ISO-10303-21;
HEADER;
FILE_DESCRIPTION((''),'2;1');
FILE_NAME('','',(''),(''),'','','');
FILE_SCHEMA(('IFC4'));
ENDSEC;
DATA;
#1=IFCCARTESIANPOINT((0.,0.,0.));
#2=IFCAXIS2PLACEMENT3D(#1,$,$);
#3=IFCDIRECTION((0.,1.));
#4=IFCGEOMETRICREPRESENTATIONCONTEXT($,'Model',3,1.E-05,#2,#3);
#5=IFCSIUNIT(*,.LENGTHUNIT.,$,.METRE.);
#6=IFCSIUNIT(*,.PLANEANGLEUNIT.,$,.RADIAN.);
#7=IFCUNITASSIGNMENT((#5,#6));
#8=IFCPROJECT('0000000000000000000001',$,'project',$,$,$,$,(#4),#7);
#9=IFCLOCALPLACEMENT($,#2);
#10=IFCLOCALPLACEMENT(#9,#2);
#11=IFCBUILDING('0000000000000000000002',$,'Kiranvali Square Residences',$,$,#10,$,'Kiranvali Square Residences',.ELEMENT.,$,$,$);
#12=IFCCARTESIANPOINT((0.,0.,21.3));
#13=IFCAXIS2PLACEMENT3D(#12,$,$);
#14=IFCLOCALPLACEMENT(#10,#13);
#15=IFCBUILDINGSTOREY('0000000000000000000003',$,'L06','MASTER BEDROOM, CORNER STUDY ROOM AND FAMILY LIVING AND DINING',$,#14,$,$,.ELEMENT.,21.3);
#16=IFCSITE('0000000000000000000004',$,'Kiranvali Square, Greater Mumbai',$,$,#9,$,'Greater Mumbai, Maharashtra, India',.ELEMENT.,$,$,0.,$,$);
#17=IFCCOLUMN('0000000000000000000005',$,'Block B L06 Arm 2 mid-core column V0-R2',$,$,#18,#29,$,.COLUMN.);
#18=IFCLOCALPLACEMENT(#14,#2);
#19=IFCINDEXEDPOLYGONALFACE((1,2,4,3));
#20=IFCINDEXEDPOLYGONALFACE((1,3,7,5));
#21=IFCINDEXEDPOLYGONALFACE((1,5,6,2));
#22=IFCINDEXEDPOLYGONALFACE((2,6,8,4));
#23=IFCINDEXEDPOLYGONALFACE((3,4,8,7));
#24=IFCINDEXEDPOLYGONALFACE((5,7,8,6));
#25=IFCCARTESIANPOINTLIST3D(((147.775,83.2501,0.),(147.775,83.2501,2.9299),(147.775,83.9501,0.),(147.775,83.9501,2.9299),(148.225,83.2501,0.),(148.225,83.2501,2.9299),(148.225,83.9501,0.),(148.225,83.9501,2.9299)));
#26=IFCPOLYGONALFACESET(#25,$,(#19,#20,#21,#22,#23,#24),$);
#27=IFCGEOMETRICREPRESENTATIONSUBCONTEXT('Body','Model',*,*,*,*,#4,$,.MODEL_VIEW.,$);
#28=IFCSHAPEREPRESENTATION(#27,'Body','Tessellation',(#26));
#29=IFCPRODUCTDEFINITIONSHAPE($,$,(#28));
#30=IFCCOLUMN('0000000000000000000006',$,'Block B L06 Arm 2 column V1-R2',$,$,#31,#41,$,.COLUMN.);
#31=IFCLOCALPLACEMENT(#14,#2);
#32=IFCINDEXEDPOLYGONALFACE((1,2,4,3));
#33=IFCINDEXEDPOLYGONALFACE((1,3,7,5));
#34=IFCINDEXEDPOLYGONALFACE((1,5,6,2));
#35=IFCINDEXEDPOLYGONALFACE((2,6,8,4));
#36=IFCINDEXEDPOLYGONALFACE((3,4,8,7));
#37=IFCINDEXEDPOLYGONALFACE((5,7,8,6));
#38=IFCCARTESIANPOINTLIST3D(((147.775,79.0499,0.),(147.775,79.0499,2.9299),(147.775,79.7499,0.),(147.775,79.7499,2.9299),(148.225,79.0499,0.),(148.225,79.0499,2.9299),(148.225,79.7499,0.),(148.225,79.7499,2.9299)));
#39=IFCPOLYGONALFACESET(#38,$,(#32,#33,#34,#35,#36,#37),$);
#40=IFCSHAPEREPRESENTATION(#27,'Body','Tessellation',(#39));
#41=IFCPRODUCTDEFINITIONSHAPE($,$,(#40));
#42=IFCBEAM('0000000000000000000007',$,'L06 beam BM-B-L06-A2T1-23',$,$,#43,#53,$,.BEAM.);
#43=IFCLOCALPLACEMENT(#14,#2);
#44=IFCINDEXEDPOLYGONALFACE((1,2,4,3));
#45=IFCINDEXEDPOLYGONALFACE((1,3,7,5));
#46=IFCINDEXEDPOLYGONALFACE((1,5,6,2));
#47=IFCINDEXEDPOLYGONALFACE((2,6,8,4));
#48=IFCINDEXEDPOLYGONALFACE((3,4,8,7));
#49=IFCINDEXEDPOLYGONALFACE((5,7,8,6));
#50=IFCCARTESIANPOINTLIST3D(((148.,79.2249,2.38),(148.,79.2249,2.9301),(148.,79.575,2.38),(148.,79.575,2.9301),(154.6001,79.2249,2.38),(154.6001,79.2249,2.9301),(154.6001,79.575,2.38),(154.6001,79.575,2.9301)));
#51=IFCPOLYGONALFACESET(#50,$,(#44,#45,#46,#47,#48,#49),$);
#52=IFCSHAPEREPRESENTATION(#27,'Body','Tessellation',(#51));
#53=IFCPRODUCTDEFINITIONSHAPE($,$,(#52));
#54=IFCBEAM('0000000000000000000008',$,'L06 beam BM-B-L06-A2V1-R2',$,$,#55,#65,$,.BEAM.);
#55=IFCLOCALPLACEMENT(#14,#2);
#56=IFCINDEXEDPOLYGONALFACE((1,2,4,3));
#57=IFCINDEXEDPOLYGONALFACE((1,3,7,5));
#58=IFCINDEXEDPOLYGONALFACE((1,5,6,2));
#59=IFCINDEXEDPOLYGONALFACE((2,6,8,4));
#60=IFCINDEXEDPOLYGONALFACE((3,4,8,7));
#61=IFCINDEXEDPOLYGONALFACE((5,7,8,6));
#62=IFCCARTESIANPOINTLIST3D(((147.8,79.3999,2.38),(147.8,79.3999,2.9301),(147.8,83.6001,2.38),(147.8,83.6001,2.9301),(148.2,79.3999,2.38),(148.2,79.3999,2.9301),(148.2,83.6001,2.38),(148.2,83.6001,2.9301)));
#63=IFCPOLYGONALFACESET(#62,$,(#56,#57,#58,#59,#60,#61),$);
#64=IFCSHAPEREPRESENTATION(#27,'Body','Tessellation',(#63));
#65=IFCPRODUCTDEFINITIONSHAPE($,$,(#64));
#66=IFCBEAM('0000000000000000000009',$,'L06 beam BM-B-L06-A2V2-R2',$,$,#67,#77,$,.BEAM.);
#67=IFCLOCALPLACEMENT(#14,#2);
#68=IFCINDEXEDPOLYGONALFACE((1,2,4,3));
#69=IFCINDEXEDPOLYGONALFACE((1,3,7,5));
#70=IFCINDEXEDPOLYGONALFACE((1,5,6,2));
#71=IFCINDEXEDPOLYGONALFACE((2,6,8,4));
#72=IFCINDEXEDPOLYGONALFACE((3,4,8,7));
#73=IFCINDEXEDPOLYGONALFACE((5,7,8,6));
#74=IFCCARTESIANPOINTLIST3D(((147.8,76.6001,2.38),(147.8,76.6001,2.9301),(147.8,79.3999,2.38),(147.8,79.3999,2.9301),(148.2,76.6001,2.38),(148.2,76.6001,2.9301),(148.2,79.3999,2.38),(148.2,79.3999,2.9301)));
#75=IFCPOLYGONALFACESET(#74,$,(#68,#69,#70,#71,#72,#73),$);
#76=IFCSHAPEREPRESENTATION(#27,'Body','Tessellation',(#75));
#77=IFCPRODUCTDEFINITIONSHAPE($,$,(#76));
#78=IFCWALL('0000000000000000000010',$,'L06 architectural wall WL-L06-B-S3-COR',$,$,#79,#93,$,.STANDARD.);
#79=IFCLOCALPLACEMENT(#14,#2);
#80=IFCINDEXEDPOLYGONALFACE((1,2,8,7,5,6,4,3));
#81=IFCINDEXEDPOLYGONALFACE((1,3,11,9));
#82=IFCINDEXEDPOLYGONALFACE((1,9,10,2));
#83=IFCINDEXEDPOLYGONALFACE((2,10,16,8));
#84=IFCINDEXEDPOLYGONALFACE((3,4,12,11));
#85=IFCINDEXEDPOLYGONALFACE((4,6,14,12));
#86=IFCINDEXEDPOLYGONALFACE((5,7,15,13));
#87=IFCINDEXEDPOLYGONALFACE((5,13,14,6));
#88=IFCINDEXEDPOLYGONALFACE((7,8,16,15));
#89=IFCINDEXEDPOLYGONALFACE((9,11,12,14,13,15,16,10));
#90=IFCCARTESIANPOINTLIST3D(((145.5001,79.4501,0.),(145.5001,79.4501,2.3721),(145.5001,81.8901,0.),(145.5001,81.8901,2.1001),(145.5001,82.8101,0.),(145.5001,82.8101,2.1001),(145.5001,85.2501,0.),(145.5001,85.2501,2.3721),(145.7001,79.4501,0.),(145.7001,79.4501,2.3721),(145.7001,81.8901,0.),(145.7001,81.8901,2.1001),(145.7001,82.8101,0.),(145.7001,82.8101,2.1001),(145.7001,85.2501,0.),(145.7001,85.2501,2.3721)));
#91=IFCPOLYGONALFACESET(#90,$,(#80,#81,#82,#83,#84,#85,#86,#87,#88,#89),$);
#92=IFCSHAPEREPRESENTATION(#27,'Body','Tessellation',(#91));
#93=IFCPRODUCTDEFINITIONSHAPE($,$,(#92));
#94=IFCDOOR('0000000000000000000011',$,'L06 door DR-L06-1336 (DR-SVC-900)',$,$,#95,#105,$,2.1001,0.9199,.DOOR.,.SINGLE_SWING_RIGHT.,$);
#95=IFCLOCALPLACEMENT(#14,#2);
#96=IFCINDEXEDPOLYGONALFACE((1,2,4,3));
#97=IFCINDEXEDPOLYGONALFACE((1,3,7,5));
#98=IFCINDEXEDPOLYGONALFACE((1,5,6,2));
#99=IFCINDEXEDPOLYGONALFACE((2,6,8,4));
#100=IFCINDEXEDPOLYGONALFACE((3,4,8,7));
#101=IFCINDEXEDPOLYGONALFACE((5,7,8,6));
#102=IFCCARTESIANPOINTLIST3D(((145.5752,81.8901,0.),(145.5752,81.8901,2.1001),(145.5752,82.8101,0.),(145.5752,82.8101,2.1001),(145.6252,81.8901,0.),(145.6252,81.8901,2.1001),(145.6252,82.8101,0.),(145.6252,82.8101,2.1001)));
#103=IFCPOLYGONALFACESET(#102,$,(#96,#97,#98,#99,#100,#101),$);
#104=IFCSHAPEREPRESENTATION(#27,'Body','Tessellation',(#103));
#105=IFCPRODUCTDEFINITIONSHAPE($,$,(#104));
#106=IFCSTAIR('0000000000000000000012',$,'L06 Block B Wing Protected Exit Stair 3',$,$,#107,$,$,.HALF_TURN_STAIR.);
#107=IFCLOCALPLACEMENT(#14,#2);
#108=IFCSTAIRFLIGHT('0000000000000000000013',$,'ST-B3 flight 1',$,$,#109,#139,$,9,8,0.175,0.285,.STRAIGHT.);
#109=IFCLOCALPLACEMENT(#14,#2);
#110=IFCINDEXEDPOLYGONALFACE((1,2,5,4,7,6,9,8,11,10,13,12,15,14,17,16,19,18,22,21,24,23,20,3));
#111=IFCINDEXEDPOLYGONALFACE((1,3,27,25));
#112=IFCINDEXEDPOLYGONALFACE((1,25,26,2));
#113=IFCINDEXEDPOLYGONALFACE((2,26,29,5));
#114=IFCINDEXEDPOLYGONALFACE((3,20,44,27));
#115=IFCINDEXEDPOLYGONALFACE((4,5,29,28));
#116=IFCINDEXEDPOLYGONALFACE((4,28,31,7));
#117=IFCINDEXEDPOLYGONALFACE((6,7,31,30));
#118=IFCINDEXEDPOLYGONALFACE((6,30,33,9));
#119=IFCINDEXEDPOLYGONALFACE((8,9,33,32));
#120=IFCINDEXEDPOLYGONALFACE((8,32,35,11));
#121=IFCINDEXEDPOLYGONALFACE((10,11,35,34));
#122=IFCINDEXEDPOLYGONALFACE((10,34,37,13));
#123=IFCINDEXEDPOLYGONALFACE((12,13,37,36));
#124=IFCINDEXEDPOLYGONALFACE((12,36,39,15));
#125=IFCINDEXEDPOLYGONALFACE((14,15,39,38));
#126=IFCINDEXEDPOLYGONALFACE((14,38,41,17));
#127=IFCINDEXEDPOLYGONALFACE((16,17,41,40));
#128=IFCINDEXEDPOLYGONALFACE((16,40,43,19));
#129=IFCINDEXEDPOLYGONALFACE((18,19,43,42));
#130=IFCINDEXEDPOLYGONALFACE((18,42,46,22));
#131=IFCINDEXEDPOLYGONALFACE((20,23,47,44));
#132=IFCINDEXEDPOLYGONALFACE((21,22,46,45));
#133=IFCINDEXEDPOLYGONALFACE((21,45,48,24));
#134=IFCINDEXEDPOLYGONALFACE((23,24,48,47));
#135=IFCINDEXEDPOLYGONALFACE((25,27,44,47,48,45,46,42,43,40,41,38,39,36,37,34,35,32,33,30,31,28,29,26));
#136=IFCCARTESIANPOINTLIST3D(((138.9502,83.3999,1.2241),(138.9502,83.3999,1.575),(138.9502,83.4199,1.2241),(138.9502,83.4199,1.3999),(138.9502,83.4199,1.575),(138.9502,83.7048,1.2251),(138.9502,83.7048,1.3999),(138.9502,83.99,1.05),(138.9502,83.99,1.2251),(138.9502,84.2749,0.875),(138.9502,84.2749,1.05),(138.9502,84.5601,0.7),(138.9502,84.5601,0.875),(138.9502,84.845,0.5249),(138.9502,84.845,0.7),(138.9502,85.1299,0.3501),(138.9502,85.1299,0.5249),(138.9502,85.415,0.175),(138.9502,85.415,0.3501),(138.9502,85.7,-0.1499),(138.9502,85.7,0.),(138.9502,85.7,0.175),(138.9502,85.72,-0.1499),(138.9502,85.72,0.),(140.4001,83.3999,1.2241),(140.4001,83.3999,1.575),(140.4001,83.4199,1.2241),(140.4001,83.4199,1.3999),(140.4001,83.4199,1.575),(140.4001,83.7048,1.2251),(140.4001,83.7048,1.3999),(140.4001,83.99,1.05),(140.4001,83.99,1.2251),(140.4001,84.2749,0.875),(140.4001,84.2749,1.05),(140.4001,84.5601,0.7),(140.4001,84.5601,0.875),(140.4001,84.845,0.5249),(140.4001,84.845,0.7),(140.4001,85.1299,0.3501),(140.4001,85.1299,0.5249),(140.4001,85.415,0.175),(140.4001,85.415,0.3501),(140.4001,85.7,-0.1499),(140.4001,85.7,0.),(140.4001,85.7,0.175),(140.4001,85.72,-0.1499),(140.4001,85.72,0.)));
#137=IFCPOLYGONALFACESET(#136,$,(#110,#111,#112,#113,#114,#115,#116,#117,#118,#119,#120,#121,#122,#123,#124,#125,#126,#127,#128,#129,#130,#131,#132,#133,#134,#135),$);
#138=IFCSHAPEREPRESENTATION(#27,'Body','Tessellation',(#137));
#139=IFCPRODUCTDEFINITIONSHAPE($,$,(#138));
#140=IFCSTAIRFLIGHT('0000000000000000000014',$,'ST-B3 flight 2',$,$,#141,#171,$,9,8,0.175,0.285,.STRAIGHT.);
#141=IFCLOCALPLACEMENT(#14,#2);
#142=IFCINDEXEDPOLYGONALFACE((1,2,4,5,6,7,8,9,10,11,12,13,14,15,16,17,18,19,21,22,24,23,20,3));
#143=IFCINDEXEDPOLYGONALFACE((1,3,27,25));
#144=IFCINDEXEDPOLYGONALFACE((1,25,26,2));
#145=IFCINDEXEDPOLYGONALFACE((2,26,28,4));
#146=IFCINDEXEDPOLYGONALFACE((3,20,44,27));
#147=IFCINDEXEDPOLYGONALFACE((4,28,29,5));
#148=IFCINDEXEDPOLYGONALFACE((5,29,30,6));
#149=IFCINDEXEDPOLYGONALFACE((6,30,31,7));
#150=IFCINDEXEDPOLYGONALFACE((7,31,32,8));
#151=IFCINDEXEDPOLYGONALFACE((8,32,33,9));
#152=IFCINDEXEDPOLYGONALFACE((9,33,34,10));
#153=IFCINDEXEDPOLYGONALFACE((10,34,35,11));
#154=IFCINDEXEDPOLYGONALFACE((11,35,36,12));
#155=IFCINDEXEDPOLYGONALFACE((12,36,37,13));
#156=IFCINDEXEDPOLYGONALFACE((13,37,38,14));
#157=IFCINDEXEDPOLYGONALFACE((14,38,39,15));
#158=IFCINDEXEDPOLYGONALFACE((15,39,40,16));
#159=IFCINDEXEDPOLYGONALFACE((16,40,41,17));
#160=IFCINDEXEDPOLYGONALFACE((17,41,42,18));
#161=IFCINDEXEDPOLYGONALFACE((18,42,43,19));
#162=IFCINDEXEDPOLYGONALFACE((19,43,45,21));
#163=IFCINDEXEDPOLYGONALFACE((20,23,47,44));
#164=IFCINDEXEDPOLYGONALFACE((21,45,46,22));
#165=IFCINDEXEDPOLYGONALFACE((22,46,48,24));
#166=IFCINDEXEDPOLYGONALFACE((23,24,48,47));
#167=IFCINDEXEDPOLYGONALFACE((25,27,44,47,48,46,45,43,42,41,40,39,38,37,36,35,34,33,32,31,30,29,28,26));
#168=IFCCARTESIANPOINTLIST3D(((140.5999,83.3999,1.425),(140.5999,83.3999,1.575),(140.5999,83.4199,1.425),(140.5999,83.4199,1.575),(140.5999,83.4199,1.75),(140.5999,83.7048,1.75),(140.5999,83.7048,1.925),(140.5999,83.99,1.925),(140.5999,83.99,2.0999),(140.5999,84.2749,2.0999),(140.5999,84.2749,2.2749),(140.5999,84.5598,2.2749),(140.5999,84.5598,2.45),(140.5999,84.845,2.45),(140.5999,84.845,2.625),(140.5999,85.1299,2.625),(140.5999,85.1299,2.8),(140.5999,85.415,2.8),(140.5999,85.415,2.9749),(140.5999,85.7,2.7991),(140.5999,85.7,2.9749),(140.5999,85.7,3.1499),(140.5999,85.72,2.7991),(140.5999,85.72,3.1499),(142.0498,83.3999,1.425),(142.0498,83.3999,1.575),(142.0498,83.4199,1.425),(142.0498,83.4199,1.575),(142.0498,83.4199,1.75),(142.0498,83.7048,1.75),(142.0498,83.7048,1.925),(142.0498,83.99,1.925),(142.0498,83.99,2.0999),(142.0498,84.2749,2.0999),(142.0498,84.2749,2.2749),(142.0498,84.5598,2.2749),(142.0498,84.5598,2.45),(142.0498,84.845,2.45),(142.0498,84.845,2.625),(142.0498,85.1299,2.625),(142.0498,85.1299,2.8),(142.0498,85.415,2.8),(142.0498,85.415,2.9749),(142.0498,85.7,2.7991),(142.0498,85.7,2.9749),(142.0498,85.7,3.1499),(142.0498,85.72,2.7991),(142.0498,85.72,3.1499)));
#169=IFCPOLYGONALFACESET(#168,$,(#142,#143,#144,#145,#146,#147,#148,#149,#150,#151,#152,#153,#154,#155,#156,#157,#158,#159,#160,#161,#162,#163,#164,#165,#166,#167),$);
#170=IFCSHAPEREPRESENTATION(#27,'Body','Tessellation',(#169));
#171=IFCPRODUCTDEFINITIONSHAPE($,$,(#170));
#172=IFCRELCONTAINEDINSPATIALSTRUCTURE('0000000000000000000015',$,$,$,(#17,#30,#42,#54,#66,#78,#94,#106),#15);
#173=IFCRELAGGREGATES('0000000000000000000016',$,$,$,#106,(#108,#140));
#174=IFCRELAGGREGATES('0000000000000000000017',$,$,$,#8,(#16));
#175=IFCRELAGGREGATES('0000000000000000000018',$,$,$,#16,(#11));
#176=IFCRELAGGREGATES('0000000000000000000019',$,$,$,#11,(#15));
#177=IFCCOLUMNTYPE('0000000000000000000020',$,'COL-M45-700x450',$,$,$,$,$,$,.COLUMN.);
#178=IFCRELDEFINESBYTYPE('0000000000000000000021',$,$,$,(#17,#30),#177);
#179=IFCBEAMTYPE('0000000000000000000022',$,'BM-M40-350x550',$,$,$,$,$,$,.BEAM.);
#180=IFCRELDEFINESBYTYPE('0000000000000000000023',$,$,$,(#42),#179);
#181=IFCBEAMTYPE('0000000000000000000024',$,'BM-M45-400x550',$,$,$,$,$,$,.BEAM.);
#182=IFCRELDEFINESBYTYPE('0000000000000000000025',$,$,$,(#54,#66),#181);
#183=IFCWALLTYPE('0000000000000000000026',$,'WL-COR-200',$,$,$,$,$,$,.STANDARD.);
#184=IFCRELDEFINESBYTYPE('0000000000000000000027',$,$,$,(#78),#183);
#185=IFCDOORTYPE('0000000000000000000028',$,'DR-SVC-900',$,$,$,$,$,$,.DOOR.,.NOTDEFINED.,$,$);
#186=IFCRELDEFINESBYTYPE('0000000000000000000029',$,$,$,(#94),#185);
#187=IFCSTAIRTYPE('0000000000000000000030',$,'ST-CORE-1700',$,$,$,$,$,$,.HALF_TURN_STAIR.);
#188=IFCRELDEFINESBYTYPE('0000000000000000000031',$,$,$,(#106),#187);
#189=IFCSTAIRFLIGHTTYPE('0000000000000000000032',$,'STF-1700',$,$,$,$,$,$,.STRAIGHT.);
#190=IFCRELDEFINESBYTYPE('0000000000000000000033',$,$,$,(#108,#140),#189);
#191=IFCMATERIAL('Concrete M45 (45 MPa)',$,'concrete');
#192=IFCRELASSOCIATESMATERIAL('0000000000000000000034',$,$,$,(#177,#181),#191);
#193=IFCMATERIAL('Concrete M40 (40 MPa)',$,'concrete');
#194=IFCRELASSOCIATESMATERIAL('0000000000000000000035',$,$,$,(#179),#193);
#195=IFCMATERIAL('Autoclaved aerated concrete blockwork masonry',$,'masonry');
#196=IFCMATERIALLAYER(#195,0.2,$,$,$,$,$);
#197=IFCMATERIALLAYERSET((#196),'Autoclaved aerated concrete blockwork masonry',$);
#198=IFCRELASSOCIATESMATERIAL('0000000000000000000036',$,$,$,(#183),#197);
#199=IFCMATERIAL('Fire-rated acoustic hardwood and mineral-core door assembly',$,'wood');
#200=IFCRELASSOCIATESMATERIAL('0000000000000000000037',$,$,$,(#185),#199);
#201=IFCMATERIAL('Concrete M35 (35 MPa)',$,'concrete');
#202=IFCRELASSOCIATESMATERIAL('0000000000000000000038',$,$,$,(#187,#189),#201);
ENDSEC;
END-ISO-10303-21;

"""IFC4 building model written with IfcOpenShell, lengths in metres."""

from ifc_helpers import new_model, si_unit, direction, frame, frame_2d, origin, origin_2d, place, context, subcontext, project, spatial, polyline, rectangle, outline, extrude, material, layer, layer_set, material_profile, profile_set, type_object, element, fill, aggregate, save


model = new_model("IFC4")

# Units and contexts
model_context = context("Model", 3, precision=1e-05, world=origin(), true_north=direction((0.0, 1.0)))
body_context = subcontext(model_context, "Body", "Model", "MODEL_VIEW")
ifc_project = project(units=[si_unit("LENGTHUNIT", "METRE"), si_unit("PLANEANGLEUNIT", "RADIAN")], contexts=[model_context])

# Site, building, storey
site_placement = place(None, origin())
site = spatial("IfcSite", under=ifc_project, at=site_placement, Name="Kiranvali Square, Greater Mumbai", LongName="Greater Mumbai, Maharashtra, India", CompositionType="ELEMENT", RefElevation=0.0)
building_placement = place(site_placement, origin())
building = spatial("IfcBuilding", under=site, at=building_placement, Name="Kiranvali Square Residences", LongName="Kiranvali Square Residences", CompositionType="ELEMENT")
storey_placement = place(building_placement, frame((0.0, 0.0, 21.3)))
storey = spatial("IfcBuildingStorey", under=building, at=storey_placement, Name="L06", Description="MASTER BEDROOM, CORNER STUDY ROOM AND FAMILY LIVING AND DINING", CompositionType="ELEMENT", Elevation=21.3)

# Columns
ifc_material_1 = material(Name="Concrete M45 (45 MPa)", Category="concrete")
ifc_material_profile_1 = material_profile(ifc_material_1, rectangle(XDim=0.45, YDim=0.7, at=origin_2d()), Name="RC 700x450")
ifc_profile_set_1 = profile_set([ifc_material_profile_1], Name="Concrete M45 (45 MPa)")
column_type = type_object("IfcColumnType", Name="COL-M45-700x450", PredefinedType="COLUMN", material=ifc_profile_set_1)
for number, where, z_axis, x_axis, name in (
    (1, (148.0, 83.6001, 0.0), (0.0, 0.0, 1.0), (1.0, 0.0, 0.0), "Block B L06 Arm 2 mid-core column V0-R2"),
    (2, (148.0, 79.3999, 0.0), (0.0, 0.0, 1.0), (1.0, 0.0, 0.0), "Block B L06 Arm 2 column V1-R2"),
):
    element("IfcColumn", number, at=place(storey_placement, frame(where, z_axis=z_axis, x_axis=x_axis)), inside=storey, type_object=column_type, Name=name, PredefinedType="COLUMN", context=body_context, shape_type="SweptSolid", body=[
        extrude(rectangle(XDim=0.45, YDim=0.7, at=origin_2d()), origin(), (0.0, 0.0, 1.0), 2.9299),
    ])

# Beams
ifc_material_2 = material(Name="Concrete M40 (40 MPa)", Category="concrete")
ifc_material_profile_2 = material_profile(ifc_material_2, rectangle(XDim=0.3501, YDim=0.55, at=origin_2d()), Name="RC 350x550")
ifc_profile_set_2 = profile_set([ifc_material_profile_2], Name="Concrete M40 (40 MPa)")
beam_type_1 = type_object("IfcBeamType", Name="BM-M40-350x550", PredefinedType="BEAM", material=ifc_profile_set_2)
beam_1_placement = place(storey_placement, frame((148.0, 79.3999, 2.655), z_axis=(1.0, 0.0, 0.0), x_axis=(0.0, 1.0, 0.0)))
element("IfcBeam", 3, at=beam_1_placement, inside=storey, type_object=beam_type_1, Name="L06 beam BM-B-L06-A2T1-23", PredefinedType="BEAM", context=body_context, shape_type="SweptSolid", body=[
    extrude(rectangle(XDim=0.3501, YDim=0.55, at=origin_2d()), origin(), (0.0, 0.0, 1.0), 6.6001),
])
ifc_material_profile_3 = material_profile(ifc_material_1, rectangle(XDim=0.3999, YDim=0.55, at=origin_2d()), Name="RC 400x550")
ifc_profile_set_3 = profile_set([ifc_material_profile_3], Name="Concrete M45 (45 MPa)")
beam_type_2 = type_object("IfcBeamType", Name="BM-M45-400x550", PredefinedType="BEAM", material=ifc_profile_set_3)
beam_2_placement = place(storey_placement, frame((148.0, 83.6001, 2.655), z_axis=(0.0, -1.0, 0.0), x_axis=(1.0, 0.0, 0.0)))
element("IfcBeam", 4, at=beam_2_placement, inside=storey, type_object=beam_type_2, Name="L06 beam BM-B-L06-A2V1-R2", PredefinedType="BEAM", context=body_context, shape_type="SweptSolid", body=[
    extrude(rectangle(XDim=0.3999, YDim=0.55, at=origin_2d()), origin(), (0.0, 0.0, 1.0), 4.2002),
])
beam_3_placement = place(storey_placement, frame((148.0, 79.3999, 2.655), z_axis=(0.0, -1.0, 0.0), x_axis=(1.0, 0.0, 0.0)))
element("IfcBeam", 5, at=beam_3_placement, inside=storey, type_object=beam_type_2, Name="L06 beam BM-B-L06-A2V2-R2", PredefinedType="BEAM", context=body_context, shape_type="SweptSolid", body=[
    extrude(rectangle(XDim=0.3999, YDim=0.55, at=origin_2d()), origin(), (0.0, 0.0, 1.0), 2.7998),
])

# Wall, opening, door
ifc_material_3 = material(Name="Autoclaved aerated concrete blockwork masonry", Category="masonry")
ifc_layer_1 = layer(ifc_material_3, 0.2)
ifc_layer_set_1 = layer_set([ifc_layer_1], Name="Autoclaved aerated concrete blockwork masonry")
wall_type_1 = type_object("IfcWallType", Name="WL-COR-200", PredefinedType="STANDARD", material=ifc_layer_set_1)
ifc_material_4 = material(Name="Fire-rated acoustic hardwood and mineral-core door assembly", Category="wood")
wall_1_placement = place(storey_placement, frame((145.6001, 85.25, 0.0), z_axis=(0.0, 0.0, 1.0), x_axis=(0.0, -1.0, 0.0)))
wall_1 = element("IfcWall", 6, at=wall_1_placement, inside=storey, type_object=wall_type_1, Name="L06 architectural wall WL-L06-B-S3-COR", PredefinedType="STANDARD", context=body_context, shape_type="SweptSolid", body=[
    extrude(rectangle(XDim=5.8, YDim=0.2, at=frame_2d((2.8999, 0.0))), origin(), (0.0, 0.0, 1.0), 2.3721),
])
opening_1_placement = place(wall_1_placement, frame((2.4399, 0.0, 0.0)))
opening_1 = element("IfcOpeningElement", 7, at=opening_1_placement, cuts=wall_1, PredefinedType="OPENING", context=body_context, shape_type="SweptSolid", body=[
    extrude(rectangle(XDim=0.9199, YDim=2.1001, at=frame_2d((0.46, 1.05))), frame((0.0, 0.1099, 0.0), z_axis=(0.0, -1.0, 0.0), x_axis=(1.0, 0.0, 0.0)), (0.0, 0.0, 1.0), 0.22),
])
door_type_1 = type_object("IfcDoorType", Name="DR-SVC-900", OperationType="NOTDEFINED", PredefinedType="DOOR", material=ifc_material_4)
door_1_placement = place(opening_1_placement, frame((0.9199, 0.0, 0.0), z_axis=(0.0, 0.0, 1.0), x_axis=(-1.0, 0.0, 0.0)))
door_1 = element("IfcDoor", 8, at=door_1_placement, inside=storey, type_object=door_type_1, Name="L06 door DR-L06-1336 (DR-SVC-900)", OperationType="SINGLE_SWING_RIGHT", OverallHeight=2.1001, OverallWidth=0.9199, PredefinedType="DOOR", context=body_context, shape_type="SweptSolid", body=[
    extrude(rectangle(XDim=0.9199, YDim=2.1001, at=frame_2d((0.46, 1.05))), frame((0.0, 0.0249, 0.0), z_axis=(0.0, -1.0, 0.0), x_axis=(1.0, 0.0, 0.0)), (0.0, 0.0, 1.0), 0.05),
])
fill(opening_1, door_1)

# Stair, stair flights
ifc_material_5 = material(Name="Concrete M35 (35 MPa)", Category="concrete")
stair_type = type_object("IfcStairType", Name="ST-CORE-1700", PredefinedType="HALF_TURN_STAIR", material=ifc_material_5)
stair_placement = place(storey_placement, origin())
stair = element("IfcStair", 9, at=stair_placement, inside=storey, type_object=stair_type, Name="L06 Block B Wing Protected Exit Stair 3", PredefinedType="HALF_TURN_STAIR")
stair_flight_type = type_object("IfcStairFlightType", Name="STF-1700", PredefinedType="STRAIGHT", material=ifc_material_5)
stair_flight_1_placement = place(storey_placement, frame((139.675, 85.7, 0.0), z_axis=(0.0, 0.0, 1.0), x_axis=(0.0, -1.0, 0.0)))
stair_flight_1 = element("IfcStairFlight", 10, at=stair_flight_1_placement, type_object=stair_flight_type, Name="ST-B3 flight 1", NumberOfRisers=9, NumberOfTreads=8, PredefinedType="STRAIGHT", RiserHeight=0.175, TreadLength=0.285, context=body_context, shape_type="SweptSolid", body=[
    extrude(outline(polyline([(-0.02, -0.1499), (-0.02, 0.0), (0.0, 0.0), (0.0, 0.175), (0.2849, 0.175), (0.2849, 0.3501), (0.5701, 0.3501), (0.5701, 0.5249), (0.855, 0.5249), (0.855, 0.7), (1.1399, 0.7), (1.1399, 0.875), (1.425, 0.875), (1.425, 1.05), (1.71, 1.05), (1.71, 1.2251), (1.9951, 1.2251), (1.9951, 1.3999), (2.28, 1.3999), (2.28, 1.575), (2.3, 1.575), (2.3, 1.2241), (2.28, 1.2241), (0.0, -0.1499), (-0.02, -0.1499)])), frame((0.0, 0.7251, 0.0), z_axis=(0.0, -1.0, 0.0), x_axis=(1.0, 0.0, 0.0)), (0.0, 0.0, 1.0), 1.45),
])
stair_flight_2_placement = place(storey_placement, frame((141.325, 83.4199, 1.575), z_axis=(0.0, 0.0, 1.0), x_axis=(0.0, 1.0, 0.0)))
stair_flight_2 = element("IfcStairFlight", 11, at=stair_flight_2_placement, type_object=stair_flight_type, Name="ST-B3 flight 2", NumberOfRisers=9, NumberOfTreads=8, PredefinedType="STRAIGHT", RiserHeight=0.175, TreadLength=0.285, context=body_context, shape_type="SweptSolid", body=[
    extrude(outline(polyline([(-0.02, -0.1499), (-0.02, 0.0), (0.0, 0.0), (0.0, 0.175), (0.2849, 0.175), (0.2849, 0.3501), (0.5701, 0.3501), (0.5701, 0.5249), (0.855, 0.5249), (0.855, 0.7), (1.1399, 0.7), (1.1399, 0.875), (1.425, 0.875), (1.425, 1.05), (1.71, 1.05), (1.71, 1.2251), (1.9951, 1.2251), (1.9951, 1.3999), (2.28, 1.3999), (2.28, 1.575), (2.3, 1.575), (2.3, 1.2241), (2.28, 1.2241), (0.0, -0.1499), (-0.02, -0.1499)])), frame((0.0, 0.7251, 0.0), z_axis=(0.0, -1.0, 0.0), x_axis=(1.0, 0.0, 0.0)), (0.0, 0.0, 1.0), 1.45),
])
aggregate(stair, [stair_flight_1, stair_flight_2])

save(model, "model.ifc")
